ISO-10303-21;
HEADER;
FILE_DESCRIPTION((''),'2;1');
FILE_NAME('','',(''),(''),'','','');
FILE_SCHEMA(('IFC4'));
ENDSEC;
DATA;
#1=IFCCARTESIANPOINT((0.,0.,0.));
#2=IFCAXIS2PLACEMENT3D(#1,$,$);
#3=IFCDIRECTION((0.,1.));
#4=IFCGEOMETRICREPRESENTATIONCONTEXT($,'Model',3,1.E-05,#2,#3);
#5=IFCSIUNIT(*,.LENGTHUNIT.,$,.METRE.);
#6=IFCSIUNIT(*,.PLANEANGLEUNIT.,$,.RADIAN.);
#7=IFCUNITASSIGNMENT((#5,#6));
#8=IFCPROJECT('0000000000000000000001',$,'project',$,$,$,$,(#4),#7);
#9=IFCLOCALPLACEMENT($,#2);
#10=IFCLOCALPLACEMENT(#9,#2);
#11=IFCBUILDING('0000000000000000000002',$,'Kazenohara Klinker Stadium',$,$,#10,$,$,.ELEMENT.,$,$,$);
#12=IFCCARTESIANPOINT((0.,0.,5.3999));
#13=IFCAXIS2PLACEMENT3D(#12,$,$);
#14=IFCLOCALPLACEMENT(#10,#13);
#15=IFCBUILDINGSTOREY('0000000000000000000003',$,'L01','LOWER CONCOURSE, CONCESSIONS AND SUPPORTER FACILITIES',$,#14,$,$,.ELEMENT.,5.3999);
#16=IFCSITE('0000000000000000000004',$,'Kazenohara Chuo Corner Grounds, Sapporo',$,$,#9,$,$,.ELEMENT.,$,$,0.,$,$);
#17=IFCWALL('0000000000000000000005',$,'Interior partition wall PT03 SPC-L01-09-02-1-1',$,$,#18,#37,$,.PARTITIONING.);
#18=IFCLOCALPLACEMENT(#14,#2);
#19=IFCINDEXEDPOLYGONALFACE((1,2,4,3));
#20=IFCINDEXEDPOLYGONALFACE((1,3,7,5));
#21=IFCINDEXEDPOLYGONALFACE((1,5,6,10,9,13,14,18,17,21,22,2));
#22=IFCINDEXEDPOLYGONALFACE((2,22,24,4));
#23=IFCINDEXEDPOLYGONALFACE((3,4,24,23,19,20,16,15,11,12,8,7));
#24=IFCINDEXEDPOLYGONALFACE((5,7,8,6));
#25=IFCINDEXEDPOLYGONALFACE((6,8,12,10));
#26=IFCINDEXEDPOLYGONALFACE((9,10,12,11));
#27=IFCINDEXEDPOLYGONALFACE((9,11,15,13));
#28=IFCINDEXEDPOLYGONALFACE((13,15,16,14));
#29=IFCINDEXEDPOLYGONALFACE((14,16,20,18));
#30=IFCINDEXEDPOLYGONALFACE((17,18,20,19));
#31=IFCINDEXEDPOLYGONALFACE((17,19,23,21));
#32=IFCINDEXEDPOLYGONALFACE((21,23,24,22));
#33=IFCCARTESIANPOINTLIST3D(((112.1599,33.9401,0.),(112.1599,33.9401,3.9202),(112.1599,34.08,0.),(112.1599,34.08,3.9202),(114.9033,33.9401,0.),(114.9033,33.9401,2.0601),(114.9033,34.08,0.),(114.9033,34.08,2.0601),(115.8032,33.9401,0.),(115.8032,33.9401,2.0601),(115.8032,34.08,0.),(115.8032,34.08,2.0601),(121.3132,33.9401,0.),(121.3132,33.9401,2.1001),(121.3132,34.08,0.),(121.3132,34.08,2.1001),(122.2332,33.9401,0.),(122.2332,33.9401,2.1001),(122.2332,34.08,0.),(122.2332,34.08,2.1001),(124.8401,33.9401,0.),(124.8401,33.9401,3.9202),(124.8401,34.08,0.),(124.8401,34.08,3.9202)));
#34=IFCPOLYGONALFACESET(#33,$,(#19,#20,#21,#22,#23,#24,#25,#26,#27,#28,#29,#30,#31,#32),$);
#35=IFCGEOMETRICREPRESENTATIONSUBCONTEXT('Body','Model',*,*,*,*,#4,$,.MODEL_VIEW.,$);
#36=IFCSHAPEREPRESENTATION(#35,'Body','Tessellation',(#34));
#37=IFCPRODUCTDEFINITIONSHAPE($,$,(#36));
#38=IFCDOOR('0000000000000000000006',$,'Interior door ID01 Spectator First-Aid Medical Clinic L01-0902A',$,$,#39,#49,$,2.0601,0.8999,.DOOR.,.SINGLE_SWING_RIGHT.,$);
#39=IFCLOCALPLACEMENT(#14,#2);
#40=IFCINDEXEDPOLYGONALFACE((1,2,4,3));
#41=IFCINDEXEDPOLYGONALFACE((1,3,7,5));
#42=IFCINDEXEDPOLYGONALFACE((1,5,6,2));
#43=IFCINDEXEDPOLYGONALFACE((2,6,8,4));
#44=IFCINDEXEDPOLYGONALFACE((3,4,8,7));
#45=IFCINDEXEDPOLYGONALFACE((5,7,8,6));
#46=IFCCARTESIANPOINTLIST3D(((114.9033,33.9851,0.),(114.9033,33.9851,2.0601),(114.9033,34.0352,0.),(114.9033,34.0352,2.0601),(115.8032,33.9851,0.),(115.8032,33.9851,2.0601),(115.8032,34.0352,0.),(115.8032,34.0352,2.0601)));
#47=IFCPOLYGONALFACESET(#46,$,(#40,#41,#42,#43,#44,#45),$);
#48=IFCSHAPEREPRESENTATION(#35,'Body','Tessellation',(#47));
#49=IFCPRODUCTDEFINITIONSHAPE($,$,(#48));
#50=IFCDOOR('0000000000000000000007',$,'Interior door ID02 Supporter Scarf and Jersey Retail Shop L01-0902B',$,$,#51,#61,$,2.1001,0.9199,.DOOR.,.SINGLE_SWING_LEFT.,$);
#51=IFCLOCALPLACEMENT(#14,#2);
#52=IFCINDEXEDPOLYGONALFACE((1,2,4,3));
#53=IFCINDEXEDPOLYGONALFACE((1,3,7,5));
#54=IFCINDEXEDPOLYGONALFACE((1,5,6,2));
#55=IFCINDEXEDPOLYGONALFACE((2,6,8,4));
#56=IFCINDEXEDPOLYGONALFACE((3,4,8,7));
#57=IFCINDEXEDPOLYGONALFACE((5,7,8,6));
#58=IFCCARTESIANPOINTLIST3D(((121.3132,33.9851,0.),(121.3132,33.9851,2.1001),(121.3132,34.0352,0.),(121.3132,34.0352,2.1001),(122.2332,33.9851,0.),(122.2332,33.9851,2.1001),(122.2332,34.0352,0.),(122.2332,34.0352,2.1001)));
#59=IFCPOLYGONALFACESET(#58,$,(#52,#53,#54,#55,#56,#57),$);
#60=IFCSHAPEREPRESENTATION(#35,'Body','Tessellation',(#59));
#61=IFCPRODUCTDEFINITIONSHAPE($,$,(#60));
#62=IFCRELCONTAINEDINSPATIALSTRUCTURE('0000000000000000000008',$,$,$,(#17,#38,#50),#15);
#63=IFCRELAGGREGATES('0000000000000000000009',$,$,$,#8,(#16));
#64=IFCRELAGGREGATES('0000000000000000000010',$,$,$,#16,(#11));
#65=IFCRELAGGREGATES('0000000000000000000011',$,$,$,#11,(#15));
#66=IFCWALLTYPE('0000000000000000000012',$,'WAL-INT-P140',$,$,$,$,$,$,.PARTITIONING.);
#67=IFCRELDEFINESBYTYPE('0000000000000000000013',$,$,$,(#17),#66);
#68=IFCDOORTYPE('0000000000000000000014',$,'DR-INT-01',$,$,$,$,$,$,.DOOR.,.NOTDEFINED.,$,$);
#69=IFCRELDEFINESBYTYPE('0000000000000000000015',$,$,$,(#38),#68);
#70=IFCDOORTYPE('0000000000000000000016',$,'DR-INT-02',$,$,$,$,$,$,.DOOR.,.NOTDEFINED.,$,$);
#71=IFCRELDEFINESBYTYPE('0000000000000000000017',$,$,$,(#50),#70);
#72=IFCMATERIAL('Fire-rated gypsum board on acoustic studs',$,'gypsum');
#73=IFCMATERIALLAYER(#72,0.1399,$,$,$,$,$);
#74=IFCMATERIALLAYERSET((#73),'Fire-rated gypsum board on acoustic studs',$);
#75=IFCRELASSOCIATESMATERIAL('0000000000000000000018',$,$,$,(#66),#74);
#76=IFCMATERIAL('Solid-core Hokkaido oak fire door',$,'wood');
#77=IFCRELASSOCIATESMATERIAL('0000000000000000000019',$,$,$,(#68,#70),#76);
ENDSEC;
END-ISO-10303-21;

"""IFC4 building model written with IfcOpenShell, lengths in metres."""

from ifc_helpers import new_model, si_unit, direction, frame, frame_2d, origin, place, context, subcontext, project, spatial, rectangle, extrude, material, layer, layer_set, type_object, element, fill, save


model = new_model("IFC4")

# Units and contexts
model_context = context("Model", 3, precision=1e-05, world=origin(), true_north=direction((0.0, 1.0)))
body_context = subcontext(model_context, "Body", "Model", "MODEL_VIEW")
ifc_project = project(units=[si_unit("LENGTHUNIT", "METRE"), si_unit("PLANEANGLEUNIT", "RADIAN")], contexts=[model_context])

# Site, building, storey
site_placement = place(None, origin())
site = spatial("IfcSite", under=ifc_project, at=site_placement, Name="Kazenohara Chuo Corner Grounds, Sapporo", CompositionType="ELEMENT", RefElevation=0.0)
building_placement = place(site_placement, origin())
building = spatial("IfcBuilding", under=site, at=building_placement, Name="Kazenohara Klinker Stadium", CompositionType="ELEMENT")
storey_placement = place(building_placement, frame((0.0, 0.0, 5.3999)))
storey = spatial("IfcBuildingStorey", under=building, at=storey_placement, Name="L01", Description="LOWER CONCOURSE, CONCESSIONS AND SUPPORTER FACILITIES", CompositionType="ELEMENT", Elevation=5.3999)

# Wall, openings, doors
ifc_material_1 = material(Name="Fire-rated gypsum board on acoustic studs", Category="gypsum")
ifc_layer_1 = layer(ifc_material_1, 0.1399)
ifc_layer_set_1 = layer_set([ifc_layer_1], Name="Fire-rated gypsum board on acoustic studs")
wall_type_1 = type_object("IfcWallType", Name="WAL-INT-P140", PredefinedType="PARTITIONING", material=ifc_layer_set_1)
wall_1_placement = place(storey_placement, frame((112.1599, 34.01, 0.0), z_axis=(0.0, 0.0, 1.0), x_axis=(1.0, 0.0, 0.0)))
wall_1 = element("IfcWall", 1, at=wall_1_placement, inside=storey, type_object=wall_type_1, Name="Interior partition wall PT03 SPC-L01-09-02-1-1", PredefinedType="PARTITIONING", context=body_context, shape_type="SweptSolid", body=[
    extrude(rectangle(XDim=12.6802, YDim=0.1399, at=frame_2d((6.3401, 0.0))), origin(), (0.0, 0.0, 1.0), 3.9202),
])
opening_1_placement = place(wall_1_placement, frame((3.6433, 0.0, 0.0), z_axis=(0.0, 0.0, 1.0), x_axis=(-1.0, 0.0, 0.0)))
opening_1 = element("IfcOpeningElement", 2, at=opening_1_placement, cuts=wall_1, PredefinedType="OPENING", context=body_context, shape_type="SweptSolid", body=[
    extrude(rectangle(XDim=0.8999, YDim=2.0601, at=frame_2d((0.45, 1.03))), frame((0.0, 0.0801, 0.0), z_axis=(0.0, -1.0, 0.0), x_axis=(1.0, 0.0, 0.0)), (0.0, 0.0, 1.0), 0.1599),
])
opening_2_placement = place(wall_1_placement, frame((10.0732, 0.0, 0.0), z_axis=(0.0, 0.0, 1.0), x_axis=(-1.0, 0.0, 0.0)))
opening_2 = element("IfcOpeningElement", 3, at=opening_2_placement, cuts=wall_1, PredefinedType="OPENING", context=body_context, shape_type="SweptSolid", body=[
    extrude(rectangle(XDim=0.9199, YDim=2.1001, at=frame_2d((0.46, 1.05))), frame((0.0, 0.0801, 0.0), z_axis=(0.0, -1.0, 0.0), x_axis=(1.0, 0.0, 0.0)), (0.0, 0.0, 1.0), 0.1599),
])
ifc_material_2 = material(Name="Solid-core Hokkaido oak fire door", Category="wood")
door_type_1 = type_object("IfcDoorType", Name="DR-INT-01", OperationType="NOTDEFINED", PredefinedType="DOOR", material=ifc_material_2)
door_1_placement = place(opening_1_placement, origin())
door_1 = element("IfcDoor", 4, at=door_1_placement, inside=storey, type_object=door_type_1, Name="Interior door ID01 Spectator First-Aid Medical Clinic L01-0902A", OperationType="SINGLE_SWING_RIGHT", OverallHeight=2.0601, OverallWidth=0.8999, PredefinedType="DOOR", context=body_context, shape_type="SweptSolid", body=[
    extrude(rectangle(XDim=0.8999, YDim=2.0601, at=frame_2d((0.45, 1.03))), frame((0.0, 0.0249, 0.0), z_axis=(0.0, -1.0, 0.0), x_axis=(1.0, 0.0, 0.0)), (0.0, 0.0, 1.0), 0.05),
])
fill(opening_1, door_1)
door_type_2 = type_object("IfcDoorType", Name="DR-INT-02", OperationType="NOTDEFINED", PredefinedType="DOOR", material=ifc_material_2)
door_2_placement = place(opening_2_placement, origin())
door_2 = element("IfcDoor", 5, at=door_2_placement, inside=storey, type_object=door_type_2, Name="Interior door ID02 Supporter Scarf and Jersey Retail Shop L01-0902B", OperationType="SINGLE_SWING_LEFT", OverallHeight=2.1001, OverallWidth=0.9199, PredefinedType="DOOR", context=body_context, shape_type="SweptSolid", body=[
    extrude(rectangle(XDim=0.9199, YDim=2.1001, at=frame_2d((0.46, 1.05))), frame((0.0, 0.0249, 0.0), z_axis=(0.0, -1.0, 0.0), x_axis=(1.0, 0.0, 0.0)), (0.0, 0.0, 1.0), 0.05),
])
fill(opening_2, door_2)

save(model, "model.ifc")
